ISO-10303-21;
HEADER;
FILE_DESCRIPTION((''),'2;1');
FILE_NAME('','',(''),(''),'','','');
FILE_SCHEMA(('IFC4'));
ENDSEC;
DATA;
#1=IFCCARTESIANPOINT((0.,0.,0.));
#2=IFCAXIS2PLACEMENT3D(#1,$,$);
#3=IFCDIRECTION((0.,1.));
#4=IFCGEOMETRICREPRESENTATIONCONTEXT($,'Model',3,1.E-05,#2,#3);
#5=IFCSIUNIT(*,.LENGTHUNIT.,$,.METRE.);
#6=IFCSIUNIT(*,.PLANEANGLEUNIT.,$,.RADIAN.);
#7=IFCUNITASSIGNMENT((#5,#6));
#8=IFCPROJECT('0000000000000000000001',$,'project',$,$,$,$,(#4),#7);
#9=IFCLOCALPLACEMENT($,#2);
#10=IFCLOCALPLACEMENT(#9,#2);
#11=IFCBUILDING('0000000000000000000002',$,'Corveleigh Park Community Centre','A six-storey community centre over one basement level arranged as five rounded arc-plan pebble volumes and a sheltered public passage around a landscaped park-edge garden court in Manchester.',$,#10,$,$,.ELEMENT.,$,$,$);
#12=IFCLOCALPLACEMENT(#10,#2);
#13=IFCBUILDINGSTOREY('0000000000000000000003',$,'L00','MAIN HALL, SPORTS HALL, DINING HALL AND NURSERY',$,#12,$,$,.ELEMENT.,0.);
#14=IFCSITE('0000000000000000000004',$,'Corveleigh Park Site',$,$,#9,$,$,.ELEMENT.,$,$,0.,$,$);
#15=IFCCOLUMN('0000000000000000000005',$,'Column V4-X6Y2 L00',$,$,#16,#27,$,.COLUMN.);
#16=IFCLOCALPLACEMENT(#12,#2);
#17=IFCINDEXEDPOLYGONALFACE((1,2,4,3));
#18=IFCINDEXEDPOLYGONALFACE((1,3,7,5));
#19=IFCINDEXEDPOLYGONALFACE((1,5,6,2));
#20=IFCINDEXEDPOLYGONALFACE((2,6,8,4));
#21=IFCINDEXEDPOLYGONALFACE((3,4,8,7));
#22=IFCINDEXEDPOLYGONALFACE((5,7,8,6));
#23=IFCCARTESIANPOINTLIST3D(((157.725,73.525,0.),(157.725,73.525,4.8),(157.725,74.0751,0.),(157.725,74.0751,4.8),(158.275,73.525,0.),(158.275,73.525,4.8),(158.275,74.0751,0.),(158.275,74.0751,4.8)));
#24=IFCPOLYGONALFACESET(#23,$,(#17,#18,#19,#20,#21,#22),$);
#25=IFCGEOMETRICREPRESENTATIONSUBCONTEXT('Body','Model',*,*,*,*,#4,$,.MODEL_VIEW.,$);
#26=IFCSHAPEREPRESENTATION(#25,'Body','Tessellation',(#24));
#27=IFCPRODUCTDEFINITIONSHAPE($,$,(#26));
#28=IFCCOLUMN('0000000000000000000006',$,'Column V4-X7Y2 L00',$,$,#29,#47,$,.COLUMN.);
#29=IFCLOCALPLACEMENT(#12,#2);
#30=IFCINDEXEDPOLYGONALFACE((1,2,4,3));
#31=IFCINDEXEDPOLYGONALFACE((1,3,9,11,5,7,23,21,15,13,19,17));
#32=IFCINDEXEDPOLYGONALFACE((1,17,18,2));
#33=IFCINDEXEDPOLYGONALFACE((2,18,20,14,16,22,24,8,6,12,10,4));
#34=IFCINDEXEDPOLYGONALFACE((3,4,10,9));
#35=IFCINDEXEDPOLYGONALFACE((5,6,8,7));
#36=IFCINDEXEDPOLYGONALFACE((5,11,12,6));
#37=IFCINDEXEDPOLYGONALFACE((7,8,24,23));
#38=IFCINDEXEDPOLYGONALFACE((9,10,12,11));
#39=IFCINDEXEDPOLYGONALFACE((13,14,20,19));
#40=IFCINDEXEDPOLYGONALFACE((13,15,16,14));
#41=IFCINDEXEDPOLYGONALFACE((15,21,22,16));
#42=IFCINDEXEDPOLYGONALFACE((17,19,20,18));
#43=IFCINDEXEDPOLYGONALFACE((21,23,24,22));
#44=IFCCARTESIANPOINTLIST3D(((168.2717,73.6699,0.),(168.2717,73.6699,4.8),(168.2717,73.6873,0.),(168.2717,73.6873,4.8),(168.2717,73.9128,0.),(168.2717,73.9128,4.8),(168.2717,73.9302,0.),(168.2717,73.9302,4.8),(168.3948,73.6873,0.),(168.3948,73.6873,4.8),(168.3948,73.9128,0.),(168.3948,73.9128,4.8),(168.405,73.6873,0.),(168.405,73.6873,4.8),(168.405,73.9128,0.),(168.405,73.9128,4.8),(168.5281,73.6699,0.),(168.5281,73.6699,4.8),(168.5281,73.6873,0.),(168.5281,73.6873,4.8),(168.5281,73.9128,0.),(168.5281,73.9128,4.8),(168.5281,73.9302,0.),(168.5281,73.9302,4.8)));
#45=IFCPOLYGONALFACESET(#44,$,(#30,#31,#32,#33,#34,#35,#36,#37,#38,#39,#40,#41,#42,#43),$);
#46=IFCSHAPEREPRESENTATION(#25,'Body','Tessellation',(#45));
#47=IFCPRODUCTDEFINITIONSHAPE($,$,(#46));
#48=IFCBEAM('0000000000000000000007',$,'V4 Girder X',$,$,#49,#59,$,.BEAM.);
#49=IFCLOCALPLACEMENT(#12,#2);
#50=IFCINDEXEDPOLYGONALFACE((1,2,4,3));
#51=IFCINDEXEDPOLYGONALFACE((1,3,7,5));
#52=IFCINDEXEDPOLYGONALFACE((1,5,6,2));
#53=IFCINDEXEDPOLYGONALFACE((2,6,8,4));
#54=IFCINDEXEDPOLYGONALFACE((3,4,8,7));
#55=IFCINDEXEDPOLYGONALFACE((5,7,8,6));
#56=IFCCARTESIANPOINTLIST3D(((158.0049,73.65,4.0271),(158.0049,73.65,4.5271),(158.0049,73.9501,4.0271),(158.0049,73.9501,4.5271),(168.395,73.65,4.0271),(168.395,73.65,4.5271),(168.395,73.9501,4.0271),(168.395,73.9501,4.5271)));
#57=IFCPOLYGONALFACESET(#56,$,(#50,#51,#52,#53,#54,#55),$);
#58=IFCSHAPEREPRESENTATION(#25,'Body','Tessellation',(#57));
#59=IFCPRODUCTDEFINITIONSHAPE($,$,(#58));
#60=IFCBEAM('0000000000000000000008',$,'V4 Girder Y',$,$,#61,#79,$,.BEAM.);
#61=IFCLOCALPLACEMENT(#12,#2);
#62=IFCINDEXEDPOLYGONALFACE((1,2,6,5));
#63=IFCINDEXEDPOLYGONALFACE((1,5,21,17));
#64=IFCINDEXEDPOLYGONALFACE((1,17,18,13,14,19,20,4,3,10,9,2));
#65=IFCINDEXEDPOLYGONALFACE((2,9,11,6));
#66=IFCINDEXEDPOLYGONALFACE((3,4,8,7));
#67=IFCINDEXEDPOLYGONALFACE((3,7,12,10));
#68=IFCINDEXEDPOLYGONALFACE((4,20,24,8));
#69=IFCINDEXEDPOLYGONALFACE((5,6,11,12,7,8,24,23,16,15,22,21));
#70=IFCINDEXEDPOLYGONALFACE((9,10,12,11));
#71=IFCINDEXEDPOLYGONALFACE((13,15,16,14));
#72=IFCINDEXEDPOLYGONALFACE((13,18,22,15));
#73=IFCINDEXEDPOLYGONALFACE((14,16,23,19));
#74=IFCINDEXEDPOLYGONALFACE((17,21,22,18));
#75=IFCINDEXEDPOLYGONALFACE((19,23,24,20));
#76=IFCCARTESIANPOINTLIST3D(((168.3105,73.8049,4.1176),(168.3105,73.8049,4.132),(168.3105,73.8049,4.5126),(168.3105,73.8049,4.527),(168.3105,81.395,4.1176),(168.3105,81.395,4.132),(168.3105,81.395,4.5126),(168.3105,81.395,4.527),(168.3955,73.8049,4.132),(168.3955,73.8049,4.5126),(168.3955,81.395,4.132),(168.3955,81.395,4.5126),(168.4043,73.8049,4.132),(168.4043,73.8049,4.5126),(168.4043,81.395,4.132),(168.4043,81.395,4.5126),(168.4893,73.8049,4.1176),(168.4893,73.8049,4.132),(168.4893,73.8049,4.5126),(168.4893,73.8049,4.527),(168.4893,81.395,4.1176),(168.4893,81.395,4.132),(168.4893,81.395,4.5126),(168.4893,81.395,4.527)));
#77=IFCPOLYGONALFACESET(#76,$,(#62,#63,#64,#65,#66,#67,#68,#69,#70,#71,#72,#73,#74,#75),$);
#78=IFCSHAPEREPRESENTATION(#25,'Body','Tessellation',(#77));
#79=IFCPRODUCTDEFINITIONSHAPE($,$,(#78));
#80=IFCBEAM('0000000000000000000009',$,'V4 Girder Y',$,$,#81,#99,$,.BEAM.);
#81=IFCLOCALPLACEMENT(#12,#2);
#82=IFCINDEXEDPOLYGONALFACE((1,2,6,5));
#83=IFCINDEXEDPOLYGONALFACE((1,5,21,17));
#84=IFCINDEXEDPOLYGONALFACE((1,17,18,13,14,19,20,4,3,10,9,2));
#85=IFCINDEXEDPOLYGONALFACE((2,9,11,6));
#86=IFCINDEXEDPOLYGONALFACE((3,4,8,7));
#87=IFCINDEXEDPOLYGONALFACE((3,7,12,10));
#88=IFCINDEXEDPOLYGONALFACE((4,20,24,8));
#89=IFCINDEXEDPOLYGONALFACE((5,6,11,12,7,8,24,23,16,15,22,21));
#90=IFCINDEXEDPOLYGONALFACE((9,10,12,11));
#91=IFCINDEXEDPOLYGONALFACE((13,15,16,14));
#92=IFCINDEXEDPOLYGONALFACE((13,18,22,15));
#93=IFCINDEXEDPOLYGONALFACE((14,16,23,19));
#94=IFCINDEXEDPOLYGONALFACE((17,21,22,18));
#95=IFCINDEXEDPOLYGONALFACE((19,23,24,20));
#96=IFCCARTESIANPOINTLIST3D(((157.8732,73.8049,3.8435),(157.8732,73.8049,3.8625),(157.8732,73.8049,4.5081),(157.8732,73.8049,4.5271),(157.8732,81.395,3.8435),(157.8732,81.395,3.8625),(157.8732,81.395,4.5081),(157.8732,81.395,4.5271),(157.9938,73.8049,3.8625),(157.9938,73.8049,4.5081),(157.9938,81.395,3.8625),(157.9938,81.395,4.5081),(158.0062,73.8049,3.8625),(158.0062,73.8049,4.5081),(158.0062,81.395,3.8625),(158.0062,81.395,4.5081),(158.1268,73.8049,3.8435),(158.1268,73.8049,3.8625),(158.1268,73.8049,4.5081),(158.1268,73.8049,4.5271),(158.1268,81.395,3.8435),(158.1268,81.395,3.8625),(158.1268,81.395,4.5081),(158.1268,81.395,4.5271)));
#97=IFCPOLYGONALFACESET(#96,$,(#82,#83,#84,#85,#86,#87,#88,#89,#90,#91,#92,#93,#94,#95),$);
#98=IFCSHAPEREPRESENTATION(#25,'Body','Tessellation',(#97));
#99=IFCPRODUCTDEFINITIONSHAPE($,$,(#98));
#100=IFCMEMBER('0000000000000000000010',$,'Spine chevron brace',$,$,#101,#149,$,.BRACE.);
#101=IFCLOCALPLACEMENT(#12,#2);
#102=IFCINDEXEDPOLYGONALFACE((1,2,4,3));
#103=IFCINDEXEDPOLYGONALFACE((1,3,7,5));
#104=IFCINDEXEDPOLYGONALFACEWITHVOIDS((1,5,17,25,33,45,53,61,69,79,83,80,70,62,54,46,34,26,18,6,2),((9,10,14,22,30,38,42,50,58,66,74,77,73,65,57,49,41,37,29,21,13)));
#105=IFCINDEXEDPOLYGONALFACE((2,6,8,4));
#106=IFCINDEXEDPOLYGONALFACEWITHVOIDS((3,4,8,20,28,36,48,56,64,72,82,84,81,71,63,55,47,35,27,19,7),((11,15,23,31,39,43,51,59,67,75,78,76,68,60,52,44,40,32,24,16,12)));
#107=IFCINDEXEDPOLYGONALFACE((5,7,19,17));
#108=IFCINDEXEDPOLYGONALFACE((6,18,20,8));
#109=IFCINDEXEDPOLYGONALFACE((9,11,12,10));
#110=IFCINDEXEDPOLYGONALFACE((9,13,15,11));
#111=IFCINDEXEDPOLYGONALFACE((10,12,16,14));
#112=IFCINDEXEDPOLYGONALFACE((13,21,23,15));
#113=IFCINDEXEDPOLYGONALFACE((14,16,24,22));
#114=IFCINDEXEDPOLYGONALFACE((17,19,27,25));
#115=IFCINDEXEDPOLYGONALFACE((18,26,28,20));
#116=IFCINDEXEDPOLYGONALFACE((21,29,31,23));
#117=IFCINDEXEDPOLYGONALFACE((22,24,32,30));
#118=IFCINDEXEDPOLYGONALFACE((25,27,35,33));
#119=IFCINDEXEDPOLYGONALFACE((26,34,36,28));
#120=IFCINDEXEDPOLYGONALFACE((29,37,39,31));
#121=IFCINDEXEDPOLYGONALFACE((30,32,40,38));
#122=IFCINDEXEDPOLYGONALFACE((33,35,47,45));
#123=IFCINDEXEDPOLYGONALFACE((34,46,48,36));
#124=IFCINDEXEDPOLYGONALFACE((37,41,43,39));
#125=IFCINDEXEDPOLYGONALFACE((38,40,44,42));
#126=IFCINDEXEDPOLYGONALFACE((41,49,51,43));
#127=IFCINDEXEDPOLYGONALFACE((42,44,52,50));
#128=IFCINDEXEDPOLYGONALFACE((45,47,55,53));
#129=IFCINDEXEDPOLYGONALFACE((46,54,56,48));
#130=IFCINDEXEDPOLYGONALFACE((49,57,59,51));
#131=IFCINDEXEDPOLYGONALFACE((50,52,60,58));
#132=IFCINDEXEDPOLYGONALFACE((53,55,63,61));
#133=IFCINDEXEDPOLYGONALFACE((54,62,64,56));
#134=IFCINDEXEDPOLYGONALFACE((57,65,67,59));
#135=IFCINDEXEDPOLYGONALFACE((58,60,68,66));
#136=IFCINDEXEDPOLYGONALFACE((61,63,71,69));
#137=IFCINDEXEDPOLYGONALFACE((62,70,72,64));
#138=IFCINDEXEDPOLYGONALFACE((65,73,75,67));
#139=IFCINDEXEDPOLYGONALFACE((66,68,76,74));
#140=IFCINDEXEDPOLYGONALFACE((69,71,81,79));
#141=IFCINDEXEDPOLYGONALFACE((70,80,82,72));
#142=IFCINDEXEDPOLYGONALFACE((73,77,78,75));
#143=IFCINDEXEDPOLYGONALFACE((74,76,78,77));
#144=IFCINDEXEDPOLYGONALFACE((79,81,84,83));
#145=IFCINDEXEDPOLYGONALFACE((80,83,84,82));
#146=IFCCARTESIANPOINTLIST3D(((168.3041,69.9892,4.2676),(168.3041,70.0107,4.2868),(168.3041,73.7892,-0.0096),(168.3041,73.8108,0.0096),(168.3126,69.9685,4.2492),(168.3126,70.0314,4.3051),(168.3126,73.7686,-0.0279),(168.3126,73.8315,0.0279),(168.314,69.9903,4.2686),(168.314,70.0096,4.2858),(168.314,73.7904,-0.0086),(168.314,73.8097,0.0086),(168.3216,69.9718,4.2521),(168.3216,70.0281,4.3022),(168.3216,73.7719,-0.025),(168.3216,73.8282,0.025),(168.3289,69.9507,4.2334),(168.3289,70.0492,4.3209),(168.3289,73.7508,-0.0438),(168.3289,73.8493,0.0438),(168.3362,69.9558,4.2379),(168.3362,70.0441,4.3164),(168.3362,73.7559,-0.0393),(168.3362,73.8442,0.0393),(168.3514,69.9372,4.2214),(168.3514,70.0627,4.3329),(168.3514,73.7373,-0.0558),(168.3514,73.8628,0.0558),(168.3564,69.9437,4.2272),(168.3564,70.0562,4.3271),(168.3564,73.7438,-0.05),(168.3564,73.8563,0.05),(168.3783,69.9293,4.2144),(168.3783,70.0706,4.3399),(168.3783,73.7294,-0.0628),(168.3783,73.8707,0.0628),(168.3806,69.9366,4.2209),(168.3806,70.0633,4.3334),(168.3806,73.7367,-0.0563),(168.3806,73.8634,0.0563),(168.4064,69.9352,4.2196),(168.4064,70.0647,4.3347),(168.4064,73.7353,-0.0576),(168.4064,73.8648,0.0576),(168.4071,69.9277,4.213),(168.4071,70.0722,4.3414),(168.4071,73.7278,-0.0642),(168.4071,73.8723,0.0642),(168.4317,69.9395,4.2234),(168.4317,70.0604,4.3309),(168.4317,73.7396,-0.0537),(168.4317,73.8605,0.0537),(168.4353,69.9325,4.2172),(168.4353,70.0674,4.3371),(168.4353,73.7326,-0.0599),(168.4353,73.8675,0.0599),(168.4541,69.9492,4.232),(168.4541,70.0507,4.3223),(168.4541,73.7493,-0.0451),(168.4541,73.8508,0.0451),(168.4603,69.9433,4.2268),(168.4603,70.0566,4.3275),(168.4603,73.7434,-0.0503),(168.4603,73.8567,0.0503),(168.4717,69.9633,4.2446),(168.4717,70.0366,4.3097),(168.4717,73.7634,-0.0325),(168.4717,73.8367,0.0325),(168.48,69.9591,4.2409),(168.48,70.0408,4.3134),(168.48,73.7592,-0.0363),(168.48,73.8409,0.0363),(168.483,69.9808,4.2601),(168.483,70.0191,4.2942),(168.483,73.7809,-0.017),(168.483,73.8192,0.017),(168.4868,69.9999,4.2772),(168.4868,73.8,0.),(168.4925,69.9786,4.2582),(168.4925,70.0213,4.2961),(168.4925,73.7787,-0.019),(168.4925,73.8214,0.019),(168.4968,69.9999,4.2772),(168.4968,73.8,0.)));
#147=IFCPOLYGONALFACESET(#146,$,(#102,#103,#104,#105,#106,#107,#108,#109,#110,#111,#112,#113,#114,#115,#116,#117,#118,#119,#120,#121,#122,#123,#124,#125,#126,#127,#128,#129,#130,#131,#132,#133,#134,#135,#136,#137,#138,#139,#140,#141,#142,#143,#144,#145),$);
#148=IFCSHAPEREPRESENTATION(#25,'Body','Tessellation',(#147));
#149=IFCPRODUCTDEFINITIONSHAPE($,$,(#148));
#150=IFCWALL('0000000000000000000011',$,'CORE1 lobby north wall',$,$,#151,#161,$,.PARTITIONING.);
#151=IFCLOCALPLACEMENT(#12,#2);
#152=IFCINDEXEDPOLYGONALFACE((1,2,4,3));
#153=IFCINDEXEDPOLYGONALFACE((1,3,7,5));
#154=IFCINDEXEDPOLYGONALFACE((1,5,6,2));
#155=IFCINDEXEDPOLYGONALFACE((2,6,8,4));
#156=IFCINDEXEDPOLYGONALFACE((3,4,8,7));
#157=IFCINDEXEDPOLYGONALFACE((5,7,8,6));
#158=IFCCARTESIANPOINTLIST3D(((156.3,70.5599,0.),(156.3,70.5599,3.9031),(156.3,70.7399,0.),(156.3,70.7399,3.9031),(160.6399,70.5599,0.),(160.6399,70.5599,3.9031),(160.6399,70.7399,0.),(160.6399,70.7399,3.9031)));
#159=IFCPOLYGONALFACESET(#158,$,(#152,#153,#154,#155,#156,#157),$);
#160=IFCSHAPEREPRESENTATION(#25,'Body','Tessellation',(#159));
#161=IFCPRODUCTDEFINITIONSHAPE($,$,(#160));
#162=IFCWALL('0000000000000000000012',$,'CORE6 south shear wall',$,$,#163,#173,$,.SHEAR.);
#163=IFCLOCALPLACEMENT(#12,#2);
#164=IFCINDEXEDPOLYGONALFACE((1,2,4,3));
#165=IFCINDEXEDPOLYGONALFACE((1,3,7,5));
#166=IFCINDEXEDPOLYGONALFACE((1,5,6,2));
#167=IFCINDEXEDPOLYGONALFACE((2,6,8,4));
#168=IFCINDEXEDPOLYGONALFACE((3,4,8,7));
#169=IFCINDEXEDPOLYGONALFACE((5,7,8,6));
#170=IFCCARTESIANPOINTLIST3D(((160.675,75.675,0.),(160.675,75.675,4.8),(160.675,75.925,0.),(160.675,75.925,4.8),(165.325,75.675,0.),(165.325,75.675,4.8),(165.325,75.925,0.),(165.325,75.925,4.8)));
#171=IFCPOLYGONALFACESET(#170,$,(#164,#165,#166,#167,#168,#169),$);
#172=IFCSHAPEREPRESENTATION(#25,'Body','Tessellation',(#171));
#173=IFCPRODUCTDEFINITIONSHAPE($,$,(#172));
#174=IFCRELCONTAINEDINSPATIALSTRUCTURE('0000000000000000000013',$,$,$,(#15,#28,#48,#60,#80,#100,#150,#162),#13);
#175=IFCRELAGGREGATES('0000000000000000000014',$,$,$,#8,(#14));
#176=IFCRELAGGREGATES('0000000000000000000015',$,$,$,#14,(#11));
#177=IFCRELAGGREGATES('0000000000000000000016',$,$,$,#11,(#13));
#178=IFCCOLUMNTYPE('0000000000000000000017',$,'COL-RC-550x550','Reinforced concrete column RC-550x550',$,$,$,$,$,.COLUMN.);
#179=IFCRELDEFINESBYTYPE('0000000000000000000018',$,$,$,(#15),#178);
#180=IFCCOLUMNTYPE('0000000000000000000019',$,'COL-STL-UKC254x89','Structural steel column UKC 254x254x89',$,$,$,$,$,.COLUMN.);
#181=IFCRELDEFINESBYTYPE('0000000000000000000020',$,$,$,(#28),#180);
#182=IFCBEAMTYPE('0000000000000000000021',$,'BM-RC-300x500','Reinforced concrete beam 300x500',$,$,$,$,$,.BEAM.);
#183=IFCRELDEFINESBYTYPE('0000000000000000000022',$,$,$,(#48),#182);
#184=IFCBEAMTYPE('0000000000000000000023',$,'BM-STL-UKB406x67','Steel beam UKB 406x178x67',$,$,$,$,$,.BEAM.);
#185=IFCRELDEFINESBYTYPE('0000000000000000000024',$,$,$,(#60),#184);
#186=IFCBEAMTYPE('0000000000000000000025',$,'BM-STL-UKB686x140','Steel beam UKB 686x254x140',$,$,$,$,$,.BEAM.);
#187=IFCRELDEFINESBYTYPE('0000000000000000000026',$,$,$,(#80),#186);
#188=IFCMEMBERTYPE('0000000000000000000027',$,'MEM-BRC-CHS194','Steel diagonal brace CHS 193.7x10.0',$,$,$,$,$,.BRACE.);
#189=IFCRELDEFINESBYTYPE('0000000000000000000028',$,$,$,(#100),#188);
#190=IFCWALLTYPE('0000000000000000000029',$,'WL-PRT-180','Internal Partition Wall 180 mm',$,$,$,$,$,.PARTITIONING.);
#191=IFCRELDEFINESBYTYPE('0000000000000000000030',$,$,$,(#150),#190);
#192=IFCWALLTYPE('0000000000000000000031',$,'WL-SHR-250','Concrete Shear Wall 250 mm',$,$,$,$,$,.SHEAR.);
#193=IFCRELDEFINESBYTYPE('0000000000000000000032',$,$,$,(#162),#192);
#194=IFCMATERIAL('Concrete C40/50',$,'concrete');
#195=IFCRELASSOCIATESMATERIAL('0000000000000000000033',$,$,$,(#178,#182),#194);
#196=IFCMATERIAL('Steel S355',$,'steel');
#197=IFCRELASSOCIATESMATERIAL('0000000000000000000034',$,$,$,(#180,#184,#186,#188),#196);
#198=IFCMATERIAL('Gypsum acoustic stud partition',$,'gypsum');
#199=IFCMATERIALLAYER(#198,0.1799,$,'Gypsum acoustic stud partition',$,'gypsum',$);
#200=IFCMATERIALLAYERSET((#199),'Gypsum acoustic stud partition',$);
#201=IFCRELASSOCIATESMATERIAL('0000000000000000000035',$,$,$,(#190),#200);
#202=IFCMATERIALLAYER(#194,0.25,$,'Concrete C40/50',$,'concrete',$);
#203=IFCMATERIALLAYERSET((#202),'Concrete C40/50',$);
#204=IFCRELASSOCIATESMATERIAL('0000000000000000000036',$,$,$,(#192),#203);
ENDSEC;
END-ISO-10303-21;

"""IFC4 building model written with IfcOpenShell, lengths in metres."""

from ifc_helpers import new_model, si_unit, direction, frame, frame_2d, origin, origin_2d, place, context, subcontext, project, spatial, rectangle, hollow_circle, i_section, extrude, material, layer, layer_set, material_profile, profile_set, type_object, element, save


model = new_model("IFC4")

# Units and contexts
model_context = context("Model", 3, precision=1e-05, world=origin(), true_north=direction((0.0, 1.0)))
body_context = subcontext(model_context, "Body", "Model", "MODEL_VIEW")
ifc_project = project(units=[si_unit("LENGTHUNIT", "METRE"), si_unit("PLANEANGLEUNIT", "RADIAN")], contexts=[model_context])

# Site, building, storey
site_placement = place(None, origin())
site = spatial("IfcSite", under=ifc_project, at=site_placement, Name="Corveleigh Park Site", CompositionType="ELEMENT", RefElevation=0.0)
building_placement = place(site_placement, origin())
building = spatial("IfcBuilding", under=site, at=building_placement, Name="Corveleigh Park Community Centre", Description="A six-storey community centre over one basement level arranged as five rounded arc-plan pebble volumes and a sheltered public passage around a landscaped park-edge garden court in Manchester.", CompositionType="ELEMENT")
storey_placement = place(building_placement, origin())
storey = spatial("IfcBuildingStorey", under=building, at=storey_placement, Name="L00", Description="MAIN HALL, SPORTS HALL, DINING HALL AND NURSERY", CompositionType="ELEMENT", Elevation=0.0)

# Columns
ifc_material_1 = material(Name="Concrete C40/50", Category="concrete")
ifc_material_profile_1 = material_profile(ifc_material_1, rectangle(XDim=0.55, YDim=0.55, at=origin_2d()), Name="RC-550x550", Category="concrete")
ifc_profile_set_1 = profile_set([ifc_material_profile_1], Name="Concrete C40/50")
column_type_1 = type_object("IfcColumnType", Name="COL-RC-550x550", Description="Reinforced concrete column RC-550x550", PredefinedType="COLUMN", material=ifc_profile_set_1)
column_1_placement = place(storey_placement, frame((158.0, 73.8, 0.0), z_axis=(0.0, 0.0, 1.0), x_axis=(1.0, 0.0, 0.0)))
element("IfcColumn", 1, at=column_1_placement, inside=storey, type_object=column_type_1, Name="Column V4-X6Y2 L00", PredefinedType="COLUMN", context=body_context, shape_type="SweptSolid", body=[
    extrude(rectangle(XDim=0.55, YDim=0.55, at=origin_2d()), origin(), (0.0, 0.0, 1.0), 4.8),
])
ifc_material_2 = material(Name="Steel S355", Category="steel")
ifc_material_profile_2 = material_profile(ifc_material_2, i_section(OverallWidth=0.2563, OverallDepth=0.2603, WebThickness=0.0103, FlangeThickness=0.0173, at=origin_2d()), Name="UKC 254x254x89", Category="steel")
ifc_profile_set_2 = profile_set([ifc_material_profile_2], Name="Steel S355")
column_type_2 = type_object("IfcColumnType", Name="COL-STL-UKC254x89", Description="Structural steel column UKC 254x254x89", PredefinedType="COLUMN", material=ifc_profile_set_2)
column_2_placement = place(storey_placement, frame((168.3999, 73.8, 0.0), z_axis=(0.0, 0.0, 1.0), x_axis=(1.0, 0.0, 0.0)))
element("IfcColumn", 2, at=column_2_placement, inside=storey, type_object=column_type_2, Name="Column V4-X7Y2 L00", PredefinedType="COLUMN", context=body_context, shape_type="SweptSolid", body=[
    extrude(i_section(OverallWidth=0.2563, OverallDepth=0.2603, WebThickness=0.0103, FlangeThickness=0.0173, at=origin_2d()), origin(), (0.0, 0.0, 1.0), 4.8),
])

# Beams
ifc_material_profile_3 = material_profile(ifc_material_1, rectangle(XDim=0.3, YDim=0.5, at=origin_2d()), Name="RC-300x500", Category="concrete")
ifc_profile_set_3 = profile_set([ifc_material_profile_3], Name="Concrete C40/50")
beam_type_1 = type_object("IfcBeamType", Name="BM-RC-300x500", Description="Reinforced concrete beam 300x500", PredefinedType="BEAM", material=ifc_profile_set_3)
beam_1_placement = place(storey_placement, frame((158.0049, 73.8, 4.2771), z_axis=(1.0, 0.0, 0.0), x_axis=(0.0, 1.0, 0.0)))
element("IfcBeam", 3, at=beam_1_placement, inside=storey, type_object=beam_type_1, Name="V4 Girder X", PredefinedType="BEAM", context=body_context, shape_type="SweptSolid", body=[
    extrude(rectangle(XDim=0.3, YDim=0.5, at=origin_2d()), origin(), (0.0, 0.0, 1.0), 10.3901),
])
ifc_material_profile_4 = material_profile(ifc_material_2, i_section(OverallWidth=0.1787, OverallDepth=0.4094, WebThickness=0.0088, FlangeThickness=0.0144, at=origin_2d()), Name="UKB 406x178x67", Category="steel")
ifc_profile_set_4 = profile_set([ifc_material_profile_4], Name="Steel S355")
beam_type_2 = type_object("IfcBeamType", Name="BM-STL-UKB406x67", Description="Steel beam UKB 406x178x67", PredefinedType="BEAM", material=ifc_profile_set_4)
beam_2_placement = place(storey_placement, frame((168.3999, 73.8049, 4.3223), z_axis=(0.0, 1.0, 0.0), x_axis=(-1.0, 0.0, 0.0)))
element("IfcBeam", 4, at=beam_2_placement, inside=storey, type_object=beam_type_2, Name="V4 Girder Y", PredefinedType="BEAM", context=body_context, shape_type="SweptSolid", body=[
    extrude(i_section(OverallWidth=0.1787, OverallDepth=0.4094, WebThickness=0.0088, FlangeThickness=0.0144, at=origin_2d()), origin(), (0.0, 0.0, 1.0), 7.5901),
])
ifc_material_profile_5 = material_profile(ifc_material_2, i_section(OverallWidth=0.2537, OverallDepth=0.6836, WebThickness=0.0125, FlangeThickness=0.019, at=origin_2d()), Name="UKB 686x254x140", Category="steel")
ifc_profile_set_5 = profile_set([ifc_material_profile_5], Name="Steel S355")
beam_type_3 = type_object("IfcBeamType", Name="BM-STL-UKB686x140", Description="Steel beam UKB 686x254x140", PredefinedType="BEAM", material=ifc_profile_set_5)
beam_3_placement = place(storey_placement, frame((158.0, 73.8049, 4.1853), z_axis=(0.0, 1.0, 0.0), x_axis=(-1.0, 0.0, 0.0)))
element("IfcBeam", 5, at=beam_3_placement, inside=storey, type_object=beam_type_3, Name="V4 Girder Y", PredefinedType="BEAM", context=body_context, shape_type="SweptSolid", body=[
    extrude(i_section(OverallWidth=0.2537, OverallDepth=0.6836, WebThickness=0.0125, FlangeThickness=0.019, at=origin_2d()), origin(), (0.0, 0.0, 1.0), 7.5901),
])

# Member
ifc_material_profile_6 = material_profile(ifc_material_2, hollow_circle(Radius=0.0969, WallThickness=0.01, at=origin_2d()), Name="CHS 193.7x10.0", Category="steel")
ifc_profile_set_6 = profile_set([ifc_material_profile_6], Name="Steel S355")
member_type = type_object("IfcMemberType", Name="MEM-BRC-CHS194", Description="Steel diagonal brace CHS 193.7x10.0", PredefinedType="BRACE", material=ifc_profile_set_6)
member_placement = place(storey_placement, frame((168.3999, 73.8, 0.0), z_axis=(0.0, -0.664186, 0.747567), x_axis=(1.0, 0.0, 0.0)))
element("IfcMember", 6, at=member_placement, inside=storey, type_object=member_type, Name="Spine chevron brace", PredefinedType="BRACE", context=body_context, shape_type="SweptSolid", body=[
    extrude(hollow_circle(Radius=0.0969, WallThickness=0.01, at=origin_2d()), origin(), (0.0, 0.0, 1.0), 5.7214),
])

# Walls
ifc_material_3 = material(Name="Gypsum acoustic stud partition", Category="gypsum")
ifc_layer_1 = layer(ifc_material_3, 0.1799, Name="Gypsum acoustic stud partition", Category="gypsum")
ifc_layer_set_1 = layer_set([ifc_layer_1], Name="Gypsum acoustic stud partition")
wall_type_1 = type_object("IfcWallType", Name="WL-PRT-180", Description="Internal Partition Wall 180 mm", PredefinedType="PARTITIONING", material=ifc_layer_set_1)
wall_1_placement = place(storey_placement, frame((160.6399, 70.6499, 0.0), z_axis=(0.0, 0.0, 1.0), x_axis=(-1.0, 0.0, 0.0)))
element("IfcWall", 7, at=wall_1_placement, inside=storey, type_object=wall_type_1, Name="CORE1 lobby north wall", PredefinedType="PARTITIONING", context=body_context, shape_type="SweptSolid", body=[
    extrude(rectangle(XDim=4.3398, YDim=0.1799, at=frame_2d((2.1699, 0.0))), origin(), (0.0, 0.0, 1.0), 3.9031),
])
ifc_layer_2 = layer(ifc_material_1, 0.25, Name="Concrete C40/50", Category="concrete")
ifc_layer_set_2 = layer_set([ifc_layer_2], Name="Concrete C40/50")
wall_type_2 = type_object("IfcWallType", Name="WL-SHR-250", Description="Concrete Shear Wall 250 mm", PredefinedType="SHEAR", material=ifc_layer_set_2)
wall_2_placement = place(storey_placement, frame((160.675, 75.8, 0.0), z_axis=(0.0, 0.0, 1.0), x_axis=(1.0, 0.0, 0.0)))
element("IfcWall", 8, at=wall_2_placement, inside=storey, type_object=wall_type_2, Name="CORE6 south shear wall", PredefinedType="SHEAR", context=body_context, shape_type="SweptSolid", body=[
    extrude(rectangle(XDim=4.6499, YDim=0.25, at=frame_2d((2.325, 0.0))), origin(), (0.0, 0.0, 1.0), 4.8),
])

save(model, "model.ifc")
